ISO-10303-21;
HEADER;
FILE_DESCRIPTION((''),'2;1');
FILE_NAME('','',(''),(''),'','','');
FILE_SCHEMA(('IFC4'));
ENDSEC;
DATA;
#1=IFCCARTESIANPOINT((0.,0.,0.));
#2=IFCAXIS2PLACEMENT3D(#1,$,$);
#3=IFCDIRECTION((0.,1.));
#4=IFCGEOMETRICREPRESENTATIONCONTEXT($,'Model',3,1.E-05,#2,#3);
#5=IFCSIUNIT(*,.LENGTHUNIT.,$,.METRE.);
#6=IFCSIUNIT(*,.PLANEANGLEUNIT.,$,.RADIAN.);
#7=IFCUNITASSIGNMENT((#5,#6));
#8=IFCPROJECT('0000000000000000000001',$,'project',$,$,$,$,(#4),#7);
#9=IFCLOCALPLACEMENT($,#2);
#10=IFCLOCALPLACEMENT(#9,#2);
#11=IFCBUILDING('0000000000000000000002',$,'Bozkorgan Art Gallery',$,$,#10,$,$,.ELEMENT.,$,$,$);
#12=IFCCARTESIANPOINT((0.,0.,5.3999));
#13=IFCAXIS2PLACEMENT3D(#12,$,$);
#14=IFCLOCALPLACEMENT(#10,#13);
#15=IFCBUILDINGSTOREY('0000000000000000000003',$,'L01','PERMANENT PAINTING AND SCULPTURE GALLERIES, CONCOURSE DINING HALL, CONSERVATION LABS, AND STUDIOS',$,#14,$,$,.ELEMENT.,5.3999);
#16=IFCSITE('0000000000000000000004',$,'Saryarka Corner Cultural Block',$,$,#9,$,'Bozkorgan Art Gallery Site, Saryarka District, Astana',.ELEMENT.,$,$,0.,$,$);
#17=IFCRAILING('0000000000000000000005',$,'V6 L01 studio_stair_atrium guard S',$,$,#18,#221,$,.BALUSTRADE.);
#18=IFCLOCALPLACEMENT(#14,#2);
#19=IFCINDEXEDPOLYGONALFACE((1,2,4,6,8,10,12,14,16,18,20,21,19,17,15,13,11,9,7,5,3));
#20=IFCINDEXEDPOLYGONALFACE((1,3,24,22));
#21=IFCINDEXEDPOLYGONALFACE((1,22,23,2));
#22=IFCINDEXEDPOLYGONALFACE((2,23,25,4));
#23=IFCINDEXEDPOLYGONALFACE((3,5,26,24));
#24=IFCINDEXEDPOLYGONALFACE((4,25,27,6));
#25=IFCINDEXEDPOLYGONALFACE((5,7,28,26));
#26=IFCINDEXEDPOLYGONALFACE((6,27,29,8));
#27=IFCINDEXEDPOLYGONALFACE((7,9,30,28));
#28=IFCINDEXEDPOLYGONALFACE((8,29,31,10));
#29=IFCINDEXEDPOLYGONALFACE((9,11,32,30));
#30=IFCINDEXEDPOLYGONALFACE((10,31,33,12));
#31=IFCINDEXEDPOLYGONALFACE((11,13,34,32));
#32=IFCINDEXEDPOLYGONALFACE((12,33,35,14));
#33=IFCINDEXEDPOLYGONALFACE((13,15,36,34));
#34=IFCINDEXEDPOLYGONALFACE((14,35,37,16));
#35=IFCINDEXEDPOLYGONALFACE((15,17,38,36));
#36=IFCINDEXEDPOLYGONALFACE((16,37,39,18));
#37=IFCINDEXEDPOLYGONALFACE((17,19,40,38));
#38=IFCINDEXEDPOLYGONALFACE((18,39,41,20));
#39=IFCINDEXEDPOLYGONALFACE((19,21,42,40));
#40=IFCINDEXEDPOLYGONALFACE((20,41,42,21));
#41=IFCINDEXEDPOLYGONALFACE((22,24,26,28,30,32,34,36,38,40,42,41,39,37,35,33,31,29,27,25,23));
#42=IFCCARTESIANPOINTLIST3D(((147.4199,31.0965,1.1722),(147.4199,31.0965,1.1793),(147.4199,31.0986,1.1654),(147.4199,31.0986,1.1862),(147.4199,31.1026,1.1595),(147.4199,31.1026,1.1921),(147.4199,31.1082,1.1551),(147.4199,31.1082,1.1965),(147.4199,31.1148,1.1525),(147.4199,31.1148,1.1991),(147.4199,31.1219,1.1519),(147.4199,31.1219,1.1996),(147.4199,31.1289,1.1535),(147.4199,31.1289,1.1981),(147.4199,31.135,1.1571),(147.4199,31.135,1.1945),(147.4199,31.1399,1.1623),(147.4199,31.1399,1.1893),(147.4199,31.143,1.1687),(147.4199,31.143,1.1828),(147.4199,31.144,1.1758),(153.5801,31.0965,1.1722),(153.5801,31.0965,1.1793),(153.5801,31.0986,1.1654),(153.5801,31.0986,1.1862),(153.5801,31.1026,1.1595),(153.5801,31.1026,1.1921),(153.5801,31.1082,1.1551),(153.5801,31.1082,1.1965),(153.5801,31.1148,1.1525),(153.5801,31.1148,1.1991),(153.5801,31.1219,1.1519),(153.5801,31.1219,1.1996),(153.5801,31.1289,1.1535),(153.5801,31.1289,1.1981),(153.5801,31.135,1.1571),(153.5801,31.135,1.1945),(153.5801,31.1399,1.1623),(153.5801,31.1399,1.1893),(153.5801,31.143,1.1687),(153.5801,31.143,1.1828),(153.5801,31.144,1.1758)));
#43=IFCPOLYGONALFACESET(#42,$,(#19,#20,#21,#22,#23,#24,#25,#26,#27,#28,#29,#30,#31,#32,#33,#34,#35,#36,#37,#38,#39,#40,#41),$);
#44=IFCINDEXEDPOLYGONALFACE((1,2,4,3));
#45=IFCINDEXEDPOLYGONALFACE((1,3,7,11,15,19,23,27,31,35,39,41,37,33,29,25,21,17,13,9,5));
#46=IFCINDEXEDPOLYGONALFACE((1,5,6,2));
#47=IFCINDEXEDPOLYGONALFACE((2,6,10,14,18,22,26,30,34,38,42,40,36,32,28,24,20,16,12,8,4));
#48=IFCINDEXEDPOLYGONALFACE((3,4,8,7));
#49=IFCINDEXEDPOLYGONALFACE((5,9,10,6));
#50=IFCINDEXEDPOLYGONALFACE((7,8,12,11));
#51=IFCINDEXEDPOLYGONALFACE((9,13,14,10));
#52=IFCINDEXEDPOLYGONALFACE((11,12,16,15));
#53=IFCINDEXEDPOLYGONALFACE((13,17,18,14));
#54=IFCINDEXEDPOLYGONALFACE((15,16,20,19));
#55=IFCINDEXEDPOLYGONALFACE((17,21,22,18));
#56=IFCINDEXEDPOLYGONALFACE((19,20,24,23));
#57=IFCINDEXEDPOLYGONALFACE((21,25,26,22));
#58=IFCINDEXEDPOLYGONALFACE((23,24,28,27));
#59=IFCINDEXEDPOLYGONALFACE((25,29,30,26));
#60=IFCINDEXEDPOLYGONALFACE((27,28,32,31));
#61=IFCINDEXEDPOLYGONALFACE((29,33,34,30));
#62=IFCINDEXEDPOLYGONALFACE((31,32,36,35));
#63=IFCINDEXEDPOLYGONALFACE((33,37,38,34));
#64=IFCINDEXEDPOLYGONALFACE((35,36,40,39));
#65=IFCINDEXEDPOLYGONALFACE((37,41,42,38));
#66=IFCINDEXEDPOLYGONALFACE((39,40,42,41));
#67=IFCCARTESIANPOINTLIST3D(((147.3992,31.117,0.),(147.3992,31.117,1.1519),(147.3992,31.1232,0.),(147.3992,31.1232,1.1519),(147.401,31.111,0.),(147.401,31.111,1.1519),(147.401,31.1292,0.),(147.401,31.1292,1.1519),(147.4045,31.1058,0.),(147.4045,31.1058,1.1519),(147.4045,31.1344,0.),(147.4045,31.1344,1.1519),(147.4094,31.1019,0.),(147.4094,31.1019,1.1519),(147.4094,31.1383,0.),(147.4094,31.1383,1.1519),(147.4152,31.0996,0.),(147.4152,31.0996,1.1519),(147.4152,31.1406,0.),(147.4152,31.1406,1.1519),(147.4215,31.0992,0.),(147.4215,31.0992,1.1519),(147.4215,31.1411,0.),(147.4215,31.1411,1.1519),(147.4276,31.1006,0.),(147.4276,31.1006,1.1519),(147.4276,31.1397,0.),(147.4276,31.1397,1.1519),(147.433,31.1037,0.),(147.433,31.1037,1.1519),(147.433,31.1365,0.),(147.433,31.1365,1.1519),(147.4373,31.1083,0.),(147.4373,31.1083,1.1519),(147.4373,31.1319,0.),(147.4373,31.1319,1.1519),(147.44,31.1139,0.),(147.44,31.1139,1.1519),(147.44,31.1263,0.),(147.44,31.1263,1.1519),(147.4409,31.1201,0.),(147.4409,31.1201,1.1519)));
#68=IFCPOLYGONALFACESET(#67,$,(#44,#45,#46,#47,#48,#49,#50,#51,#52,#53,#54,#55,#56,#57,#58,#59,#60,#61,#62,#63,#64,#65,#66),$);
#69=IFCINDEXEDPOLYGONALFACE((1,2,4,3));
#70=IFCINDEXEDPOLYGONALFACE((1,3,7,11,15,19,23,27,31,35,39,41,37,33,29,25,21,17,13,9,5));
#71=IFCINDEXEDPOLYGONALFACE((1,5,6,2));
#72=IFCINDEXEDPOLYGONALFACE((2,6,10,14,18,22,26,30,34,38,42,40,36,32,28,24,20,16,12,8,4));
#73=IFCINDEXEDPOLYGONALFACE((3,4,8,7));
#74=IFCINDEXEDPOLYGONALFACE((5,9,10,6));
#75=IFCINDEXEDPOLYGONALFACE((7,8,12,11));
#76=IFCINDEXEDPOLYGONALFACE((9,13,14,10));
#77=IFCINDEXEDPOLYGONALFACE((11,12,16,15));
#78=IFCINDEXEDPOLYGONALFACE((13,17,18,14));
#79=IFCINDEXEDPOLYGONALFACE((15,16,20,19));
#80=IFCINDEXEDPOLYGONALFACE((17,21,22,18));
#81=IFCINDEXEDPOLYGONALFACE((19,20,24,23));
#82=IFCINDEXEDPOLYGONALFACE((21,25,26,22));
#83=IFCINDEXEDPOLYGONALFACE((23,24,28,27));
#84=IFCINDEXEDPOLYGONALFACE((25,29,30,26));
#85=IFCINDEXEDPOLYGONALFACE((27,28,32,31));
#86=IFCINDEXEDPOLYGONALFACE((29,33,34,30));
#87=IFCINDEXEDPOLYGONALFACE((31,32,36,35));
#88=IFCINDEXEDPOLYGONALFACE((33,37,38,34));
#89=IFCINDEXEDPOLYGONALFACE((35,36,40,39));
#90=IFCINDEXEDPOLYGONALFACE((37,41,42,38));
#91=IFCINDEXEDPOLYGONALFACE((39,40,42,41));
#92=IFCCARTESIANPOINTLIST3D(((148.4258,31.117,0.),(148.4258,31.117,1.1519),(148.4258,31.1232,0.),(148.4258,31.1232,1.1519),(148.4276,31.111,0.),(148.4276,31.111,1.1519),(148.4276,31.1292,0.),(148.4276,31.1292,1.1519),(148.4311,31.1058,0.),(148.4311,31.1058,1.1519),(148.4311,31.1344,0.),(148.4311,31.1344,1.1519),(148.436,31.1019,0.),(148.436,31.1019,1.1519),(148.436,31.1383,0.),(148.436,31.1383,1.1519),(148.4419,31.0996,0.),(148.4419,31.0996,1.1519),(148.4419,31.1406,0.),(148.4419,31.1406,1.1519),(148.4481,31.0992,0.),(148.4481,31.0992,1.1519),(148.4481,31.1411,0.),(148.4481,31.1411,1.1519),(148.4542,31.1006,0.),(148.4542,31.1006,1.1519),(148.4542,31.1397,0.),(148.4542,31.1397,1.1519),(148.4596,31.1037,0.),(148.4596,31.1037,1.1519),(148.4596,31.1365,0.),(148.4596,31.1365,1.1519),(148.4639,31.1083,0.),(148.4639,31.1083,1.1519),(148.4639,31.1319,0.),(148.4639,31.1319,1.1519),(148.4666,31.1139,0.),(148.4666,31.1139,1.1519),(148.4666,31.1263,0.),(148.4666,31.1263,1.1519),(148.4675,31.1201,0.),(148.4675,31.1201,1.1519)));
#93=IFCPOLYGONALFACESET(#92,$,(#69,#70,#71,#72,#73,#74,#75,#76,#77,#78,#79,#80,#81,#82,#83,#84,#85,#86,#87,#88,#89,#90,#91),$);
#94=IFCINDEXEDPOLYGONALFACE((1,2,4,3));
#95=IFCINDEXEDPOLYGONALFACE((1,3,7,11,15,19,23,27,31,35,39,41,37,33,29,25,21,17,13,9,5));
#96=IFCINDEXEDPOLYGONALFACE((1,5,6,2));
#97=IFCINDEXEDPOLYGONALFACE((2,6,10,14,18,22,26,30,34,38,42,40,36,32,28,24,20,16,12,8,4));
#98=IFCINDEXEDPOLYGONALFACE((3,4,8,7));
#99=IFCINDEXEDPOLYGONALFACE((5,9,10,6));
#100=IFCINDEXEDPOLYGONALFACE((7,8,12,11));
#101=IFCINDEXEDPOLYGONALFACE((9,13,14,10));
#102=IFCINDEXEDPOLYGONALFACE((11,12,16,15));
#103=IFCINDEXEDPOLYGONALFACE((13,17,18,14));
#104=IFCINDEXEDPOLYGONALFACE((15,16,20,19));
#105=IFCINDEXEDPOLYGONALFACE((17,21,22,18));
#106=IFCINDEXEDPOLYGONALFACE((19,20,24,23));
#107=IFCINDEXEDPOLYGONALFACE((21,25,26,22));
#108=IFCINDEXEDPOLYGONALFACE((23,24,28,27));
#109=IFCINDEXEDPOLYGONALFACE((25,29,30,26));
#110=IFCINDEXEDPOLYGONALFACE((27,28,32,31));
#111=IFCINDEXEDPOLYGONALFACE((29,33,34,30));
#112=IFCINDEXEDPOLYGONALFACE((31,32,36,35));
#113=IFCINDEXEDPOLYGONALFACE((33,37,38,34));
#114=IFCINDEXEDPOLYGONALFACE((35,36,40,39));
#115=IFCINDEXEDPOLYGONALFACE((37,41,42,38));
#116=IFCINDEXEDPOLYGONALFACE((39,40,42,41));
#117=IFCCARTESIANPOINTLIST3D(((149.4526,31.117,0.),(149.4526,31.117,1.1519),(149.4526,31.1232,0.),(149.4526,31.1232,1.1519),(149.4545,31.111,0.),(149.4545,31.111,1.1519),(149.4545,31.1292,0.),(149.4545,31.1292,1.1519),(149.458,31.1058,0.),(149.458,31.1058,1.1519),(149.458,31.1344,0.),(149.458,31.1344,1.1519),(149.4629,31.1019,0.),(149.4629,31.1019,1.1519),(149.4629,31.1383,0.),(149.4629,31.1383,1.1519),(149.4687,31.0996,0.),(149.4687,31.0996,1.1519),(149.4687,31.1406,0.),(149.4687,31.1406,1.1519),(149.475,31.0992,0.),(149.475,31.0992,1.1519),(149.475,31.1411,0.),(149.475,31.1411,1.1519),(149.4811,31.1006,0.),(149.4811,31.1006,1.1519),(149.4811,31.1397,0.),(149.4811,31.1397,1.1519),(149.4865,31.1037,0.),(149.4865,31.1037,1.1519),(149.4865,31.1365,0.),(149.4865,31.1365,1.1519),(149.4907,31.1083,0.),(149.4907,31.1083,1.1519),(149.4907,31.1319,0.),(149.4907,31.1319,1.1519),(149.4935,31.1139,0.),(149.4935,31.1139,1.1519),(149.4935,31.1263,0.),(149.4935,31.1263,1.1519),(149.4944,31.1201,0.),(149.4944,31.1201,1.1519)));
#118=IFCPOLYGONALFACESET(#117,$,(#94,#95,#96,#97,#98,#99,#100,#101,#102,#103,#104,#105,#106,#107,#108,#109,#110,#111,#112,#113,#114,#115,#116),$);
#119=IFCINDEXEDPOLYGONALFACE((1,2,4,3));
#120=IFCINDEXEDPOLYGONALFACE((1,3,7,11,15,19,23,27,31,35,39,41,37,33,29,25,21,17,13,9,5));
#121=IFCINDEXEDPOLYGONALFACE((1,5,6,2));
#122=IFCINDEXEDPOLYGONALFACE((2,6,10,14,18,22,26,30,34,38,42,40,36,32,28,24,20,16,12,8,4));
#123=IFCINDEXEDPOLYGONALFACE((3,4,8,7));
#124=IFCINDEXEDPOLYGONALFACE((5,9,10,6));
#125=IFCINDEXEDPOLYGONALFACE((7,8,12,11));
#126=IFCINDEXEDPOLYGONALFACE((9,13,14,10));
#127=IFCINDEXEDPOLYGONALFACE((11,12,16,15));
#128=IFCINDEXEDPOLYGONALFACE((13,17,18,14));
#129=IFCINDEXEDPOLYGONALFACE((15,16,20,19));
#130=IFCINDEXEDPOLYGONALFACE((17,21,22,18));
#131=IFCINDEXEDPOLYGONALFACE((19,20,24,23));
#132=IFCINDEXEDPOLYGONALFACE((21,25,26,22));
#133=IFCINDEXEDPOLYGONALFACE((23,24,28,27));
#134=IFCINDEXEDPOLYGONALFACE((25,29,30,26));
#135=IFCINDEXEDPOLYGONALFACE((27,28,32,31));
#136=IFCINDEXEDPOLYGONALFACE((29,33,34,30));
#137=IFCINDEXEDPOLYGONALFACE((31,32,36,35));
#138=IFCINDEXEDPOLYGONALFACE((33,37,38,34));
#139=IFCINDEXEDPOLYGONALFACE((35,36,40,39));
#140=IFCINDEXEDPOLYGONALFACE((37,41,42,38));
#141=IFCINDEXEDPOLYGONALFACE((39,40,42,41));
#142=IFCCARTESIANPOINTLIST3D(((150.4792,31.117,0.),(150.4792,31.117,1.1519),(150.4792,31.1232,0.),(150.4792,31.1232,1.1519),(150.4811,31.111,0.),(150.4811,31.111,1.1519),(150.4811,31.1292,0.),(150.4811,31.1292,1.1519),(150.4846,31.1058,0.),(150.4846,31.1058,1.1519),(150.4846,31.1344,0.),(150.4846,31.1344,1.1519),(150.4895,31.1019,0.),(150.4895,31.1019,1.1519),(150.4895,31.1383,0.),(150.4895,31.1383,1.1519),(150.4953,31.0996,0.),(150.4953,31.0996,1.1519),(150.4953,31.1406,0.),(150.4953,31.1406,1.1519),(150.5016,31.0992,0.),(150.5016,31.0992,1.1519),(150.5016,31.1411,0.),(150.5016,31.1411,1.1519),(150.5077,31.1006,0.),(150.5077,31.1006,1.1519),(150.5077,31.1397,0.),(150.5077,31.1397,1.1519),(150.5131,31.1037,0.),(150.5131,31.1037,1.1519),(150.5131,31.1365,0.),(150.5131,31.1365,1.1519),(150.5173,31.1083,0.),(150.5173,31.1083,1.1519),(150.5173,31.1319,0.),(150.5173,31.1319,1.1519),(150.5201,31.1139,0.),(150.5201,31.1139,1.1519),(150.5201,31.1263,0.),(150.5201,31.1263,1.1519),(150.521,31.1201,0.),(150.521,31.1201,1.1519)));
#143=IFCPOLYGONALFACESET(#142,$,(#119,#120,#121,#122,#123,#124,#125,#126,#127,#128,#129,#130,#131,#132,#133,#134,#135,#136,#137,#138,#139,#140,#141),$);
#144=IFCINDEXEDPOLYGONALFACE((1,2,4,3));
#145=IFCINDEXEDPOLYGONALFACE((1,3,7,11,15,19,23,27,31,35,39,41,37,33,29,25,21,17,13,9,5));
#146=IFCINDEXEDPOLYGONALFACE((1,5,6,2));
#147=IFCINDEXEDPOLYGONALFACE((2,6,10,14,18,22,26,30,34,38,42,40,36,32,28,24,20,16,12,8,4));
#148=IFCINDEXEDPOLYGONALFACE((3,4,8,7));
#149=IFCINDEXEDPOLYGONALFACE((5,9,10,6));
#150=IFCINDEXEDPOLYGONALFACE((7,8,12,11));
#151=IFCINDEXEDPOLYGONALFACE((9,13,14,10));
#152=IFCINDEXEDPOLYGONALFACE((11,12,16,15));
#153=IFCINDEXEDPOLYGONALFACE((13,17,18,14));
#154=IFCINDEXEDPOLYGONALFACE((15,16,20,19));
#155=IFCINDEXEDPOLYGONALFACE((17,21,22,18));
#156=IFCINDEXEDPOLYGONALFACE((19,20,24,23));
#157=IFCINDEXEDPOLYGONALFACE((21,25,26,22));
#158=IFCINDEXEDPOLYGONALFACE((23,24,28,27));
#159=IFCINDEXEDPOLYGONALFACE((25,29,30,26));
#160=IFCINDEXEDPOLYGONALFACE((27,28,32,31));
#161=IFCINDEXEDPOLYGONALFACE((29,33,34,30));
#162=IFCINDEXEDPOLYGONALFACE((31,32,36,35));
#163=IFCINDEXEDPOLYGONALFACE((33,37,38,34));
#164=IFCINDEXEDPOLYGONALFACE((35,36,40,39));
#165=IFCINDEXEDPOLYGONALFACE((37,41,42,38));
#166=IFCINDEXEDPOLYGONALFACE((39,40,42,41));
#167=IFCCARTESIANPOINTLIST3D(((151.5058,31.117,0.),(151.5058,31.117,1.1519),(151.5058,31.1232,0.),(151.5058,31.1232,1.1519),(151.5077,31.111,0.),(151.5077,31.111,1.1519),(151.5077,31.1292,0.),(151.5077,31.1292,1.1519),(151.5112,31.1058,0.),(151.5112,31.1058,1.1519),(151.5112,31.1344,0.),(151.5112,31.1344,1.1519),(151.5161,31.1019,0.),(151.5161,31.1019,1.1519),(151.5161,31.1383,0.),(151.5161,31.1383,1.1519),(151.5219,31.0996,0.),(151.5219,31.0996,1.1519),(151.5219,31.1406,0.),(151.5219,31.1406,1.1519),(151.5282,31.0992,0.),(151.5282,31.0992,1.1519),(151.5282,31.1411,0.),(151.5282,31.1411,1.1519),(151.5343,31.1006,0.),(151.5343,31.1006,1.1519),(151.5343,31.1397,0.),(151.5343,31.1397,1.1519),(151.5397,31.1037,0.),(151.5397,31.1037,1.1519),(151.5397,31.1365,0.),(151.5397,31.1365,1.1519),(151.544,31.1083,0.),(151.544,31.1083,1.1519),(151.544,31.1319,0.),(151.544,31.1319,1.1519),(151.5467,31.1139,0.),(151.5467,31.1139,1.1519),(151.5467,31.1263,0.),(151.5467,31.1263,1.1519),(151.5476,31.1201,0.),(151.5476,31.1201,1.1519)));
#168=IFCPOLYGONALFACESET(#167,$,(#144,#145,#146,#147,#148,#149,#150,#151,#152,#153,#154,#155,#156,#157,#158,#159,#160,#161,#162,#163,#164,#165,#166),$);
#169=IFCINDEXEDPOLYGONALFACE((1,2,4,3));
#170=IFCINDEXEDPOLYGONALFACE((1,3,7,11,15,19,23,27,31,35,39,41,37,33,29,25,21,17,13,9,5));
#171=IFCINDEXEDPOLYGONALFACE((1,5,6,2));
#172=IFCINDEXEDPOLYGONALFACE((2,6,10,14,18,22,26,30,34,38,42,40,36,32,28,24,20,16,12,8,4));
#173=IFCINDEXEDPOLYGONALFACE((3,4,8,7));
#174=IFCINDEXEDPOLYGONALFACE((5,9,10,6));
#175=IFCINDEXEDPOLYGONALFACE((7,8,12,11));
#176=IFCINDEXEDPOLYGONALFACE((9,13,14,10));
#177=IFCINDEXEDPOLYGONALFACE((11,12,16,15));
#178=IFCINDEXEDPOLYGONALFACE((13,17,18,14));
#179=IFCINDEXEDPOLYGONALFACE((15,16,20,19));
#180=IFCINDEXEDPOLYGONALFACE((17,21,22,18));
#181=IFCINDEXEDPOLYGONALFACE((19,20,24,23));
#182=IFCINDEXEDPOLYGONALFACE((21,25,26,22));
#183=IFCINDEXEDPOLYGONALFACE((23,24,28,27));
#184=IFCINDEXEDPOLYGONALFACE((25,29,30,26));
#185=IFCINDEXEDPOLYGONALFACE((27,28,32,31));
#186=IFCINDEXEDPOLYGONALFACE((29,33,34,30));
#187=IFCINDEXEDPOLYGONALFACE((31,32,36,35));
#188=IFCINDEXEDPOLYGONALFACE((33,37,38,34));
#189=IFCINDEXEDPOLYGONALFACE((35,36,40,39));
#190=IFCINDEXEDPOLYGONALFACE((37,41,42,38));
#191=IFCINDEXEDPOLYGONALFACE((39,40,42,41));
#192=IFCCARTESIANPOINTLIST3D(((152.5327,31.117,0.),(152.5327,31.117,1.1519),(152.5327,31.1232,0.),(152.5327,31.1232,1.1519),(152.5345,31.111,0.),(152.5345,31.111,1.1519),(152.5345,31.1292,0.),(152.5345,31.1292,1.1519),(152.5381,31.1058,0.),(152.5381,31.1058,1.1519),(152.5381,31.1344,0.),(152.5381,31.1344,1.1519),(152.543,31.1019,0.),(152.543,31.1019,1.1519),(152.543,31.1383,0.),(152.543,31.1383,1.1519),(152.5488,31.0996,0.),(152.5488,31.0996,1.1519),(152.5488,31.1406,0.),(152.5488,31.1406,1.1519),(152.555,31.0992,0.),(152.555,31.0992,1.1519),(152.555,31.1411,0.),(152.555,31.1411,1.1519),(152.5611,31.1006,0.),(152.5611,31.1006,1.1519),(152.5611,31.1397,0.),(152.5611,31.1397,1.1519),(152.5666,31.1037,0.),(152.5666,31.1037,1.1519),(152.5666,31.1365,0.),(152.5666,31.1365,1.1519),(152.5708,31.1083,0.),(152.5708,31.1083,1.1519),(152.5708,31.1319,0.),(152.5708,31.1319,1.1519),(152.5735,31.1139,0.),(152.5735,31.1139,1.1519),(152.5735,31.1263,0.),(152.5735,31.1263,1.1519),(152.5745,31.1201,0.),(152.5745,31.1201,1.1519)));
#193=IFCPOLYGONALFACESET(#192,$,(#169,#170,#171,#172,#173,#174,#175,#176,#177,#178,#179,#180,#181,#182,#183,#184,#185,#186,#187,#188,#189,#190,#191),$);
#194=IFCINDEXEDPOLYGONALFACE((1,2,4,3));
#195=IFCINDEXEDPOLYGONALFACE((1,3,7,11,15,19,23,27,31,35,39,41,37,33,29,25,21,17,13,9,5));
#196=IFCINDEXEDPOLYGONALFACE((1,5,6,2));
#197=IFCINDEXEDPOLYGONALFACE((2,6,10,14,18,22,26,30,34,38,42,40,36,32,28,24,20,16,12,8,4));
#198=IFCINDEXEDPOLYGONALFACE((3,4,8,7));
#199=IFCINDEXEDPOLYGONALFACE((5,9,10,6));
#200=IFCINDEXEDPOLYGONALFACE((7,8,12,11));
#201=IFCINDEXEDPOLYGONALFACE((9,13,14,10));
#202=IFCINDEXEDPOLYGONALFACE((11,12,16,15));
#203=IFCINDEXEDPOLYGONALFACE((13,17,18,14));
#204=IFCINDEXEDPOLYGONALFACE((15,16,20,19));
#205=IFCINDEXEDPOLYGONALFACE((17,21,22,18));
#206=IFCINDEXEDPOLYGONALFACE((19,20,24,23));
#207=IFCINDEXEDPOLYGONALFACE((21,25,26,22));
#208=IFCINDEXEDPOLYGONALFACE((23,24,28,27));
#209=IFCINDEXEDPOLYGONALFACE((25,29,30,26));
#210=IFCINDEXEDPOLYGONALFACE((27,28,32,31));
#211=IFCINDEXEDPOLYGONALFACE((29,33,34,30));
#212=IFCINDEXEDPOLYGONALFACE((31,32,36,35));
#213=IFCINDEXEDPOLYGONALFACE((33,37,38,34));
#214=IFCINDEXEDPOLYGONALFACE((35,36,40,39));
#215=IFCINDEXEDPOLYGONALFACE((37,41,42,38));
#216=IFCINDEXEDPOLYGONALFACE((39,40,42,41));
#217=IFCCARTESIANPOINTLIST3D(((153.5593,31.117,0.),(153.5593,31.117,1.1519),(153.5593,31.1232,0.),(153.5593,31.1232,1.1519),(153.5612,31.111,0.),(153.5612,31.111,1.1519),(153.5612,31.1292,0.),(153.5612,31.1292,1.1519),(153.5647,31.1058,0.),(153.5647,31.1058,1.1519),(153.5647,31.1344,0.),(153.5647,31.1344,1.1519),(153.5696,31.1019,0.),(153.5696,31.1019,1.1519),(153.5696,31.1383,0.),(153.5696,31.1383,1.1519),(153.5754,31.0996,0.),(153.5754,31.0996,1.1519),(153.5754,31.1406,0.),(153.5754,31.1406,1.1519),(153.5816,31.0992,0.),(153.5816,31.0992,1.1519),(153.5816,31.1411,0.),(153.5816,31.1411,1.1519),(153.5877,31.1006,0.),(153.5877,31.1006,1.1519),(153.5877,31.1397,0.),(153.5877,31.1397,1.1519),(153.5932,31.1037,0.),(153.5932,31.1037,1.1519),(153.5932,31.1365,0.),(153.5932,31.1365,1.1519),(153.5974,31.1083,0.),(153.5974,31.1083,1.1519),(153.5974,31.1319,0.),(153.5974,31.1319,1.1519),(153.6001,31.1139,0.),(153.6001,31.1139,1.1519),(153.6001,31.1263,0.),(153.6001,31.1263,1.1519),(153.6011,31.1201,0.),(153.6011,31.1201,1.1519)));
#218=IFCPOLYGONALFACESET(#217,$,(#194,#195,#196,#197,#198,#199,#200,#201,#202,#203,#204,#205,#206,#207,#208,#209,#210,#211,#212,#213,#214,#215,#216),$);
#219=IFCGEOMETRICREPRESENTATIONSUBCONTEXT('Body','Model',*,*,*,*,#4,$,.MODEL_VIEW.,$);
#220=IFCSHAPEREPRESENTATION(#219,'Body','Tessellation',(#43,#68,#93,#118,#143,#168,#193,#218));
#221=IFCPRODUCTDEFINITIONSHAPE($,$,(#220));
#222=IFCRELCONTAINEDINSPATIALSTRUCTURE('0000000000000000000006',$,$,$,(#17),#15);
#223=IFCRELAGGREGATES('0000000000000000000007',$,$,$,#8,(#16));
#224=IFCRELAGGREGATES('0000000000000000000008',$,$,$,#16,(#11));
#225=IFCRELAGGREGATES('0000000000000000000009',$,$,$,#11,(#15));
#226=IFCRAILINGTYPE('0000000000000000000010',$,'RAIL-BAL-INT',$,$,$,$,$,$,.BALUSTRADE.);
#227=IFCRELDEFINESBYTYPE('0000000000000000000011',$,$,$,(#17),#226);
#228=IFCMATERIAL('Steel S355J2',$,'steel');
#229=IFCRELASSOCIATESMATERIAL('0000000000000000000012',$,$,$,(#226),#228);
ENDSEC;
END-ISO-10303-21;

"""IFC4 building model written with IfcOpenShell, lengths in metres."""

from ifc_helpers import new_model, si_unit, direction, frame, origin, origin_2d, place, context, subcontext, project, spatial, circle, extrude, material, type_object, element, save


model = new_model("IFC4")

# Units and contexts
model_context = context("Model", 3, precision=1e-05, world=origin(), true_north=direction((0.0, 1.0)))
body_context = subcontext(model_context, "Body", "Model", "MODEL_VIEW")
ifc_project = project(units=[si_unit("LENGTHUNIT", "METRE"), si_unit("PLANEANGLEUNIT", "RADIAN")], contexts=[model_context])

# Site, building, storey
site_placement = place(None, origin())
site = spatial("IfcSite", under=ifc_project, at=site_placement, Name="Saryarka Corner Cultural Block", LongName="Bozkorgan Art Gallery Site, Saryarka District, Astana", CompositionType="ELEMENT", RefElevation=0.0)
building_placement = place(site_placement, origin())
building = spatial("IfcBuilding", under=site, at=building_placement, Name="Bozkorgan Art Gallery", CompositionType="ELEMENT")
storey_placement = place(building_placement, frame((0.0, 0.0, 5.3999)))
storey = spatial("IfcBuildingStorey", under=building, at=storey_placement, Name="L01", Description="PERMANENT PAINTING AND SCULPTURE GALLERIES, CONCOURSE DINING HALL, CONSERVATION LABS, AND STUDIOS", CompositionType="ELEMENT", Elevation=5.3999)

# Shared definitions
ifc_material_1 = material(Name="Steel S355J2", Category="steel")

# Railing
railing_type = type_object("IfcRailingType", Name="RAIL-BAL-INT", PredefinedType="BALUSTRADE", material=ifc_material_1)
railing_1_placement = place(storey_placement, frame((147.4199, 31.1201, 0.0)))
element("IfcRailing", 1, at=railing_1_placement, inside=storey, type_object=railing_type, Name="V6 L01 studio_stair_atrium guard S", PredefinedType="BALUSTRADE", context=body_context, shape_type="SweptSolid", body=[
    extrude(circle(Radius=0.0239, at=origin_2d()), frame((0.0, 0.0, 1.1758), z_axis=(1.0, 0.0, 0.0), x_axis=(0.0, 1.0, 0.0)), (0.0, 0.0, 1.0), 6.1602),
    extrude(circle(Radius=0.021, at=origin_2d()), origin(), (0.0, 0.0, 1.0), 1.1519),
    extrude(circle(Radius=0.021, at=origin_2d()), frame((1.0266, 0.0, 0.0)), (0.0, 0.0, 1.0), 1.1519),
    extrude(circle(Radius=0.021, at=origin_2d()), frame((2.0535, 0.0, 0.0)), (0.0, 0.0, 1.0), 1.1519),
    extrude(circle(Radius=0.021, at=origin_2d()), frame((3.0801, 0.0, 0.0)), (0.0, 0.0, 1.0), 1.1519),
    extrude(circle(Radius=0.021, at=origin_2d()), frame((4.1067, 0.0, 0.0)), (0.0, 0.0, 1.0), 1.1519),
    extrude(circle(Radius=0.021, at=origin_2d()), frame((5.1335, 0.0, 0.0)), (0.0, 0.0, 1.0), 1.1519),
    extrude(circle(Radius=0.021, at=origin_2d()), frame((6.1602, 0.0, 0.0)), (0.0, 0.0, 1.0), 1.1519),
])

save(model, "model.ifc")
